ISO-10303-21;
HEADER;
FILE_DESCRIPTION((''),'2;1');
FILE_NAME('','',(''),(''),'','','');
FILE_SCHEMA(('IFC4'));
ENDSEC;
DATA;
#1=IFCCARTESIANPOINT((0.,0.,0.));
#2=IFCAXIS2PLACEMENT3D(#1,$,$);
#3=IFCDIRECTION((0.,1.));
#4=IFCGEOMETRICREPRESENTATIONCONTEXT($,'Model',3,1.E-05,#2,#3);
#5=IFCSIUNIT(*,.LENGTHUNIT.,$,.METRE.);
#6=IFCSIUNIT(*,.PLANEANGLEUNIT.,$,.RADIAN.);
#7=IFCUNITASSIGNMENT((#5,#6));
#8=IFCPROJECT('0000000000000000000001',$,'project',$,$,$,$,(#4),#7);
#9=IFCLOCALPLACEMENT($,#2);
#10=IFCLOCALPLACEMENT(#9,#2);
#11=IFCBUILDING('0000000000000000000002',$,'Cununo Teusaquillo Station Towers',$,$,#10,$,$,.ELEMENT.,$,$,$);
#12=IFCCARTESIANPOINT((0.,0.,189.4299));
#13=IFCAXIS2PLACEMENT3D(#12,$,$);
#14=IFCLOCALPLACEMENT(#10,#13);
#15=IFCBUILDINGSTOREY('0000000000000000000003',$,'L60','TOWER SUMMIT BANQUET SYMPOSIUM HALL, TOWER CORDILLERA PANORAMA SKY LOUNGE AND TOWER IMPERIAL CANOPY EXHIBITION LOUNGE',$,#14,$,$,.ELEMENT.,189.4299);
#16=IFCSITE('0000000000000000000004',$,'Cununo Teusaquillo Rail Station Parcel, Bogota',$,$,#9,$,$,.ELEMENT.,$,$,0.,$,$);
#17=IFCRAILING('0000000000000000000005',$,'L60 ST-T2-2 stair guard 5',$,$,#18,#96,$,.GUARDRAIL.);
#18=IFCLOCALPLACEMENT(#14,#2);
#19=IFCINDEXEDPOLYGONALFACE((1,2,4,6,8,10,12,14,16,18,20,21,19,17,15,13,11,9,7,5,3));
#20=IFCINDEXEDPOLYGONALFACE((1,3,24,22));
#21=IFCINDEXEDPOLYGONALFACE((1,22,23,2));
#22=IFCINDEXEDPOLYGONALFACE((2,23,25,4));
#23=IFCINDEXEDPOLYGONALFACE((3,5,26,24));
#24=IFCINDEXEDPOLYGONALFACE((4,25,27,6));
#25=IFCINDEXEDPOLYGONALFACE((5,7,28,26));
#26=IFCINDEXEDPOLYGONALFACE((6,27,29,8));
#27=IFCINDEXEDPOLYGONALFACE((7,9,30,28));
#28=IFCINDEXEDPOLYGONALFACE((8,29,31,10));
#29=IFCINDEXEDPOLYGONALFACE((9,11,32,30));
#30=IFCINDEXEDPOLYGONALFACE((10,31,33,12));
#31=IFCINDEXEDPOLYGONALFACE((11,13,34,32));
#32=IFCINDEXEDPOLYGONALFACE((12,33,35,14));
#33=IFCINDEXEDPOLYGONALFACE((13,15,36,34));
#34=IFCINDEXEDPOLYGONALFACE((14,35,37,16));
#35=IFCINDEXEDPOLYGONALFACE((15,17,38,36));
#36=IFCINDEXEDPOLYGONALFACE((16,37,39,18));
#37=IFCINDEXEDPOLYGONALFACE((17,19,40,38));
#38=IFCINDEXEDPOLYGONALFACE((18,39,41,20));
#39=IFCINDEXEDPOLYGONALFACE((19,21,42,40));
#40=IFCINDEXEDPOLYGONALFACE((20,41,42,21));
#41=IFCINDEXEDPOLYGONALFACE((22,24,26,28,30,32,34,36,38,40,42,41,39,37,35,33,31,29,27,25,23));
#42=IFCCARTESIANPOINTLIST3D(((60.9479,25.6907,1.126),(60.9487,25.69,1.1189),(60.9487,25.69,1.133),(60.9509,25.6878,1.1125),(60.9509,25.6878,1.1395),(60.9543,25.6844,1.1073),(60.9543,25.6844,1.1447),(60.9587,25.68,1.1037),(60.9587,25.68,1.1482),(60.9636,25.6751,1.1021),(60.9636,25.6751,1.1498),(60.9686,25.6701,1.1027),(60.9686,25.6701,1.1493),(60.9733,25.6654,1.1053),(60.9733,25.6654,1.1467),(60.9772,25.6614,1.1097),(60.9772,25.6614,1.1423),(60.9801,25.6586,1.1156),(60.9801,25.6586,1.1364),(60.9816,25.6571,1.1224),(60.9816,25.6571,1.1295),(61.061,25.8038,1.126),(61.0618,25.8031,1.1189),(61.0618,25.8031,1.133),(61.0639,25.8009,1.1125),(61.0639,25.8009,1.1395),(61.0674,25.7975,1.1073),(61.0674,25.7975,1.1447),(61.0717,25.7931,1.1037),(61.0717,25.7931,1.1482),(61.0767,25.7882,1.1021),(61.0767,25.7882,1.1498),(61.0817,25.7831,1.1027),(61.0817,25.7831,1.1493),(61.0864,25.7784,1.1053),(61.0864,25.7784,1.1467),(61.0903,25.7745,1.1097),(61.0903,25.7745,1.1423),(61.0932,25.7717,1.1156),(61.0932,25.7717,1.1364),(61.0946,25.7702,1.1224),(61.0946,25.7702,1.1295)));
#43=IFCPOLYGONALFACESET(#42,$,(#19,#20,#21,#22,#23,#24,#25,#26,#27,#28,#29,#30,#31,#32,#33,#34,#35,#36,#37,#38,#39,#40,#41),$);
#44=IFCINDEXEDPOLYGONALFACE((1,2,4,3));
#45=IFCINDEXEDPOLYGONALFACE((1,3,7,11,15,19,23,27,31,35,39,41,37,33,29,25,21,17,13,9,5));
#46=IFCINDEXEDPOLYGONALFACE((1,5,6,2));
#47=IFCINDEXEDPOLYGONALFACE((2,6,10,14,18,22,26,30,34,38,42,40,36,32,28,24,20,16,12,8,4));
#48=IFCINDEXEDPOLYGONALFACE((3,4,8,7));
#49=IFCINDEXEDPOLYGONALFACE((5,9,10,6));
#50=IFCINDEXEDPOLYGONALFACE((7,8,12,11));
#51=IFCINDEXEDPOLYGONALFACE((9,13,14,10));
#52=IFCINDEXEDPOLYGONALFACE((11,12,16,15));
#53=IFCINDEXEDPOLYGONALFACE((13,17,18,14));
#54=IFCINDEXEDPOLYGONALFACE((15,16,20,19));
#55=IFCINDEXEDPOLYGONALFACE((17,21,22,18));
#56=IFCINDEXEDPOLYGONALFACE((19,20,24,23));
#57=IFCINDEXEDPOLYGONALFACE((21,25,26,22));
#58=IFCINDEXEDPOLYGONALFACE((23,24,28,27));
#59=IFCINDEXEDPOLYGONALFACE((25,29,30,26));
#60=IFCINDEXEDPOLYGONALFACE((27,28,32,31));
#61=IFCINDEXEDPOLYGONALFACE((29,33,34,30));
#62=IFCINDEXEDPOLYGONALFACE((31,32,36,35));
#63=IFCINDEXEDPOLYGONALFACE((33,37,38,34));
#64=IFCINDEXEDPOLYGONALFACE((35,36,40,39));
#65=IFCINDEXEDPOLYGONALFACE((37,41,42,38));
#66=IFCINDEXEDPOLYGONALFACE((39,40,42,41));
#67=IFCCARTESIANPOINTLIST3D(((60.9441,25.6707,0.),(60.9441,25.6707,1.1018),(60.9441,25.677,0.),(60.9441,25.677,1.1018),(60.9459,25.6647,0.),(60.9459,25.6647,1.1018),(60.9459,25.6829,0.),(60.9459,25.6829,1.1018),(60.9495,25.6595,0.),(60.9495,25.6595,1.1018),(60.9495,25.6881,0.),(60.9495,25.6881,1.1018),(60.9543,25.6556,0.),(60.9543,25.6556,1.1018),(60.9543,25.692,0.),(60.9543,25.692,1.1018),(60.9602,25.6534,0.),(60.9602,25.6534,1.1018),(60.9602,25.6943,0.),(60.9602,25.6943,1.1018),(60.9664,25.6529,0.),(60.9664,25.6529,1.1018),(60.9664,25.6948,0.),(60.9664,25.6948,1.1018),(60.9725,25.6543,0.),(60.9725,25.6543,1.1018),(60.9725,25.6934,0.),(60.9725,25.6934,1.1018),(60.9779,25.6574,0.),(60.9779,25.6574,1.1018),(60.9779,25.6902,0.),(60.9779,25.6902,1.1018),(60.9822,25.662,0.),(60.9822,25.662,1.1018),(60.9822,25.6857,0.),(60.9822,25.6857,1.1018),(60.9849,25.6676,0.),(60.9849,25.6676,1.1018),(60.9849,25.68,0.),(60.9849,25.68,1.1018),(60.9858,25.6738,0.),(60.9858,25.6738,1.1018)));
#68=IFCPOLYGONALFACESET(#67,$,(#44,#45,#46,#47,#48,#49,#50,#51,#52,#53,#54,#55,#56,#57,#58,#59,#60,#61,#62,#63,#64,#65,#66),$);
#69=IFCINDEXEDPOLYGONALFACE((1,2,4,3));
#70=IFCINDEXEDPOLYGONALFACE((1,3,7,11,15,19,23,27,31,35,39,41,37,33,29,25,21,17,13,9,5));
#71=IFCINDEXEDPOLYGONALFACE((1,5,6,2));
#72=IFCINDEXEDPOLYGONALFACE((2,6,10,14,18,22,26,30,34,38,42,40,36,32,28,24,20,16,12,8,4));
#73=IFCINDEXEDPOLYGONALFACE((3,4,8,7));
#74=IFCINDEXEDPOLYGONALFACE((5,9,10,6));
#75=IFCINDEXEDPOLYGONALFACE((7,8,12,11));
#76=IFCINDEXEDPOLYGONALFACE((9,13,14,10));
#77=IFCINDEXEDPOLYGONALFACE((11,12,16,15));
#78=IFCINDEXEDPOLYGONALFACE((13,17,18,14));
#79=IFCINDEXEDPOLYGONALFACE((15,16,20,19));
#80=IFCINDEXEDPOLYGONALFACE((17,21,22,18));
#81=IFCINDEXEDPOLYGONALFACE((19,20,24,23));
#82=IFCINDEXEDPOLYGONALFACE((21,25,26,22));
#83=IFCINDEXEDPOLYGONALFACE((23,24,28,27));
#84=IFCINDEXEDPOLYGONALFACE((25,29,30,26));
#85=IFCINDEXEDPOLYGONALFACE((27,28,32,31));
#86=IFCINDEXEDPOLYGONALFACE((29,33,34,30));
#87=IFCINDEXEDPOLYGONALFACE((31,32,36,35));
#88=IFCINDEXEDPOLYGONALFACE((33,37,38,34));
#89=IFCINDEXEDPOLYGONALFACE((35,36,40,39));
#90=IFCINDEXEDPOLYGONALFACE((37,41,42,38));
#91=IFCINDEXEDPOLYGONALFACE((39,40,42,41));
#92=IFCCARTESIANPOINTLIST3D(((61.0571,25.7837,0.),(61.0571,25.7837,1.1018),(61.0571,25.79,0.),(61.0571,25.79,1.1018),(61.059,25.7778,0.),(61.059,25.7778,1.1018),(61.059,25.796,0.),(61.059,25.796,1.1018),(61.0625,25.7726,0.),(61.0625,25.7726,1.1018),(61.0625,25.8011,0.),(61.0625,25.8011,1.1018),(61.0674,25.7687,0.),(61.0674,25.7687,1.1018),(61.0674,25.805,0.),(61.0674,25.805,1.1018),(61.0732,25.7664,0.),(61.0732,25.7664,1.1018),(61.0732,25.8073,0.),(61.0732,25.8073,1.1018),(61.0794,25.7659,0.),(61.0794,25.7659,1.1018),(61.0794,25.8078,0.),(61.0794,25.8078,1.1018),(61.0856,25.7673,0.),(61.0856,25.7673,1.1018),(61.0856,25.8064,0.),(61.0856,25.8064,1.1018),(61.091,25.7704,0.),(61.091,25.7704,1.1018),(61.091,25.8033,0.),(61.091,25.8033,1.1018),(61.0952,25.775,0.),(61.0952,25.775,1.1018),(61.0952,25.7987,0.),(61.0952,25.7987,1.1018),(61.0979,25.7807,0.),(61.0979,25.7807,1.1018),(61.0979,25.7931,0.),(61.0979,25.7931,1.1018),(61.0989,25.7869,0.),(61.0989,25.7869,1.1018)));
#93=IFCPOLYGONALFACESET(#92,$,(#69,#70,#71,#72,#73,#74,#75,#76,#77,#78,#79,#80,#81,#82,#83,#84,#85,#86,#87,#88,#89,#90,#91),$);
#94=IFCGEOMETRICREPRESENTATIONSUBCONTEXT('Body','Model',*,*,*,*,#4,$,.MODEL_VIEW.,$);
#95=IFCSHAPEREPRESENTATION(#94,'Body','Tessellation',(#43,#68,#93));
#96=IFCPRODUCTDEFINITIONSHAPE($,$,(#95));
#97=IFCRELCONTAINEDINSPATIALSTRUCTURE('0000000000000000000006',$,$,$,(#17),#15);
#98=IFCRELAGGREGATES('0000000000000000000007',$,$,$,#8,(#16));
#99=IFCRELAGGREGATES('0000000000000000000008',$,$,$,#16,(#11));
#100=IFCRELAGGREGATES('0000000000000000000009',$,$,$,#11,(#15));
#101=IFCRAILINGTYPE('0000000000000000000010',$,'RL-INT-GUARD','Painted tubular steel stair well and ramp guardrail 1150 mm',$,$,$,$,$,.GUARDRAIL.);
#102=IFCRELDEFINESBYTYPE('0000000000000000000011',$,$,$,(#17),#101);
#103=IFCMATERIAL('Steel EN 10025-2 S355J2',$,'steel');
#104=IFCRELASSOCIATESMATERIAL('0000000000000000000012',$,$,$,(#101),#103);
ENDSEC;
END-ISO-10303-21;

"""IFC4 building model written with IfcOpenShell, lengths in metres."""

from ifc_helpers import new_model, si_unit, direction, frame, origin, origin_2d, place, context, subcontext, project, spatial, circle, extrude, material, type_object, element, save


model = new_model("IFC4")

# Units and contexts
model_context = context("Model", 3, precision=1e-05, world=origin(), true_north=direction((0.0, 1.0)))
body_context = subcontext(model_context, "Body", "Model", "MODEL_VIEW")
ifc_project = project(units=[si_unit("LENGTHUNIT", "METRE"), si_unit("PLANEANGLEUNIT", "RADIAN")], contexts=[model_context])

# Site, building, storey
site_placement = place(None, origin())
site = spatial("IfcSite", under=ifc_project, at=site_placement, Name="Cununo Teusaquillo Rail Station Parcel, Bogota", CompositionType="ELEMENT", RefElevation=0.0)
building_placement = place(site_placement, origin())
building = spatial("IfcBuilding", under=site, at=building_placement, Name="Cununo Teusaquillo Station Towers", CompositionType="ELEMENT")
storey_placement = place(building_placement, frame((0.0, 0.0, 189.4299)))
storey = spatial("IfcBuildingStorey", under=building, at=storey_placement, Name="L60", Description="TOWER SUMMIT BANQUET SYMPOSIUM HALL, TOWER CORDILLERA PANORAMA SKY LOUNGE AND TOWER IMPERIAL CANOPY EXHIBITION LOUNGE", CompositionType="ELEMENT", Elevation=189.4299)

# Railing
ifc_material_1 = material(Name="Steel EN 10025-2 S355J2", Category="steel")
railing_type_1 = type_object("IfcRailingType", Name="RL-INT-GUARD", Description="Painted tubular steel stair well and ramp guardrail 1150 mm", PredefinedType="GUARDRAIL", material=ifc_material_1)
railing_1_placement = place(storey_placement, frame((60.9648, 25.6738, 0.0)))
element("IfcRailing", 1, at=railing_1_placement, inside=storey, type_object=railing_type_1, Name="L60 ST-T2-2 stair guard 5", PredefinedType="GUARDRAIL", context=body_context, shape_type="SweptSolid", body=[
    extrude(circle(Radius=0.0239, at=origin_2d()), frame((0.0, 0.0, 1.126), z_axis=(0.707107, 0.707107, 0.0), x_axis=(-0.707107, 0.707107, 0.0)), (0.0, 0.0, 1.0), 0.1599),
    extrude(circle(Radius=0.021, at=origin_2d()), origin(), (0.0, 0.0, 1.0), 1.1018),
    extrude(circle(Radius=0.021, at=origin_2d()), frame((0.113, 0.113, 0.0)), (0.0, 0.0, 1.0), 1.1018),
])

save(model, "model.ifc")
